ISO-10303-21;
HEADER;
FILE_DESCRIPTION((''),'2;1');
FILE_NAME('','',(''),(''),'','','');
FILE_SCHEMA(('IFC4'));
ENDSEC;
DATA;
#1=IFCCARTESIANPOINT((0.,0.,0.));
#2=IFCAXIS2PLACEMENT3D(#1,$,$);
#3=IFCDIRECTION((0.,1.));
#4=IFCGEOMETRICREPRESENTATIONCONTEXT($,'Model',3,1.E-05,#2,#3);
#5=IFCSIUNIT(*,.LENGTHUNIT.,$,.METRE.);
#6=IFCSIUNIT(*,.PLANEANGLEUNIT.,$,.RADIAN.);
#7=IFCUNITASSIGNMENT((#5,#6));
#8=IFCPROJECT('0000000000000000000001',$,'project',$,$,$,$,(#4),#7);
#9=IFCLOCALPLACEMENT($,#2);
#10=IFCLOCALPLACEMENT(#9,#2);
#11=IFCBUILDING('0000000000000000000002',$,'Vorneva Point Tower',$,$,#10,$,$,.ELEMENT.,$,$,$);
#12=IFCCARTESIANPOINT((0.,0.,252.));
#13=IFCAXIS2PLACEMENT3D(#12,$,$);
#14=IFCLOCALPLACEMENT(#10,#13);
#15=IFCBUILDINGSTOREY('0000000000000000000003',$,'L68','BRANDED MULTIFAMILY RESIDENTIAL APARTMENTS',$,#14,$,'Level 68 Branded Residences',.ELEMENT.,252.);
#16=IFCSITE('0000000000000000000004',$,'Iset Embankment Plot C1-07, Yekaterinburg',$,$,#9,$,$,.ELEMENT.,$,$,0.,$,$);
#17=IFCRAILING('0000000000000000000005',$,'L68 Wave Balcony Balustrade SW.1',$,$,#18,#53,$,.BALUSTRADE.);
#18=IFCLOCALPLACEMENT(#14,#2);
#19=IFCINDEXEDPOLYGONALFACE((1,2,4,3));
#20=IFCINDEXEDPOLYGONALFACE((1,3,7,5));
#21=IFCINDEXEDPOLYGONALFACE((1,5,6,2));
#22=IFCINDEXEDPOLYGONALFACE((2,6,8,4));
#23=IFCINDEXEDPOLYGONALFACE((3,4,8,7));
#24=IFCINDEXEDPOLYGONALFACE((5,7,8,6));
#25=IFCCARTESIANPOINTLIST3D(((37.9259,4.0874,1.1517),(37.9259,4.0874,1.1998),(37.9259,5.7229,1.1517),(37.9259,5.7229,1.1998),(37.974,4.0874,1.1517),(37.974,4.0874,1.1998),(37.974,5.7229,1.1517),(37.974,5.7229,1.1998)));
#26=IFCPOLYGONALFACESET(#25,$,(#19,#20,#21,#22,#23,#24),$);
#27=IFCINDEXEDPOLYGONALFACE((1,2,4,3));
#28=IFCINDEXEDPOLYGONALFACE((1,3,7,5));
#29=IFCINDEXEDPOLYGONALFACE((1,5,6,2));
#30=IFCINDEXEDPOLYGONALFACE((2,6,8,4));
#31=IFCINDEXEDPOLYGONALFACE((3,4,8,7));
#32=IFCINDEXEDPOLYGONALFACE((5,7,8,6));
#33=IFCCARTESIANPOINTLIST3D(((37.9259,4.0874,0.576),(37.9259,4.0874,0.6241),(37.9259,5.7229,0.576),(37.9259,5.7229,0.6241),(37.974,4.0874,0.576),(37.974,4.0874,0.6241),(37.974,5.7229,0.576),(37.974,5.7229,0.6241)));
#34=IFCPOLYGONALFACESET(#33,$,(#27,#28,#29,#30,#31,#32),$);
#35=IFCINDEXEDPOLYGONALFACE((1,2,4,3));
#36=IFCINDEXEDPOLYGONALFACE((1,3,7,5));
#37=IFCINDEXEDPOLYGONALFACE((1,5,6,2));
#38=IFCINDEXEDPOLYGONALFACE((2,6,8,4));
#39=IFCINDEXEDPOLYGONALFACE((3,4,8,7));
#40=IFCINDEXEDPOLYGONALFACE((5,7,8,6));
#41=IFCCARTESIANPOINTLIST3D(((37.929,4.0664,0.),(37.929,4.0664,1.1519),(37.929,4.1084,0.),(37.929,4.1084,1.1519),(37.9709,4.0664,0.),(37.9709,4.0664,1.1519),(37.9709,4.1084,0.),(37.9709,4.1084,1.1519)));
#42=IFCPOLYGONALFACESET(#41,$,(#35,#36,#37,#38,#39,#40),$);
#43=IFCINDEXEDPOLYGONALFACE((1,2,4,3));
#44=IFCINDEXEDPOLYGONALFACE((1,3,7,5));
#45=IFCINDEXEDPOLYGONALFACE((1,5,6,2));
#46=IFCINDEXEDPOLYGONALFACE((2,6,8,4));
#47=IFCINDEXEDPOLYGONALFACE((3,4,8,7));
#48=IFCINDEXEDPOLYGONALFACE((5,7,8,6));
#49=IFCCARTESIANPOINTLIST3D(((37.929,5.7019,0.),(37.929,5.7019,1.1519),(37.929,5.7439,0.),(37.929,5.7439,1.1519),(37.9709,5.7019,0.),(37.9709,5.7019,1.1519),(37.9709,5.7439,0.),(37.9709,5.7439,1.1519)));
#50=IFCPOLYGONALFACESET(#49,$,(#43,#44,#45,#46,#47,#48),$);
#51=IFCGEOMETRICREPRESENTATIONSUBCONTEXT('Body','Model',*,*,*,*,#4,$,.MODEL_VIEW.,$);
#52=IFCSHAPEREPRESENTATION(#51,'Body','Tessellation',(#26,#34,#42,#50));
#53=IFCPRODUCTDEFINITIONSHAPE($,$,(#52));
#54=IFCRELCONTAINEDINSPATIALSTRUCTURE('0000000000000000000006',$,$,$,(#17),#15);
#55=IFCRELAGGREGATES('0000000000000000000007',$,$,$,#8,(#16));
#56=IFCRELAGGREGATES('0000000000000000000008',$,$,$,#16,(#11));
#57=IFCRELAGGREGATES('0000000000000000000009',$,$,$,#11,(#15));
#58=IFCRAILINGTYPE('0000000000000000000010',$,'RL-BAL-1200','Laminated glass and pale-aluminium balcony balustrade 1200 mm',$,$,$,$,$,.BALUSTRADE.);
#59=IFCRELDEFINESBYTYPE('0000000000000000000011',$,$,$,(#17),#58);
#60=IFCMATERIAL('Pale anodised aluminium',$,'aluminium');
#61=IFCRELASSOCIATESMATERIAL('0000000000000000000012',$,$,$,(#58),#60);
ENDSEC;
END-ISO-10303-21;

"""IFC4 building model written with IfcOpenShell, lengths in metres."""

from ifc_helpers import new_model, si_unit, direction, frame, origin, origin_2d, place, context, subcontext, project, spatial, rectangle, extrude, material, type_object, element, save


model = new_model("IFC4")

# Units and contexts
model_context = context("Model", 3, precision=1e-05, world=origin(), true_north=direction((0.0, 1.0)))
body_context = subcontext(model_context, "Body", "Model", "MODEL_VIEW")
ifc_project = project(units=[si_unit("LENGTHUNIT", "METRE"), si_unit("PLANEANGLEUNIT", "RADIAN")], contexts=[model_context])

# Site, building, storey
site_placement = place(None, origin())
site = spatial("IfcSite", under=ifc_project, at=site_placement, Name="Iset Embankment Plot C1-07, Yekaterinburg", CompositionType="ELEMENT", RefElevation=0.0)
building_placement = place(site_placement, origin())
building = spatial("IfcBuilding", under=site, at=building_placement, Name="Vorneva Point Tower", CompositionType="ELEMENT")
storey_placement = place(building_placement, frame((0.0, 0.0, 252.0)))
storey = spatial("IfcBuildingStorey", under=building, at=storey_placement, Name="L68", Description="BRANDED MULTIFAMILY RESIDENTIAL APARTMENTS", LongName="Level 68 Branded Residences", CompositionType="ELEMENT", Elevation=252.0)

# Shared definitions
ifc_material_1 = material(Name="Pale anodised aluminium", Category="aluminium")

# Railing
railing_type = type_object("IfcRailingType", Name="RL-BAL-1200", Description="Laminated glass and pale-aluminium balcony balustrade 1200 mm", PredefinedType="BALUSTRADE", material=ifc_material_1)
railing_placement = place(storey_placement, frame((37.95, 4.0874, 0.0)))
element("IfcRailing", 1, at=railing_placement, inside=storey, type_object=railing_type, Name="L68 Wave Balcony Balustrade SW.1", PredefinedType="BALUSTRADE", context=body_context, shape_type="SweptSolid", body=[
    extrude(rectangle(XDim=0.0481, YDim=0.0481, at=origin_2d()), frame((0.0, 0.0, 1.1758), z_axis=(0.0, 1.0, 0.0), x_axis=(-1.0, 0.0, 0.0)), (0.0, 0.0, 1.0), 1.6355),
    extrude(rectangle(XDim=0.0481, YDim=0.0481, at=origin_2d()), frame((0.0, 0.0, 0.6001), z_axis=(0.0, 1.0, 0.0), x_axis=(-1.0, 0.0, 0.0)), (0.0, 0.0, 1.0), 1.6355),
    extrude(rectangle(XDim=0.042, YDim=0.042, at=origin_2d()), origin(), (0.0, 0.0, 1.0), 1.1519),
    extrude(rectangle(XDim=0.042, YDim=0.042, at=origin_2d()), frame((0.0, 1.6355, 0.0)), (0.0, 0.0, 1.0), 1.1519),
])

save(model, "model.ifc")
